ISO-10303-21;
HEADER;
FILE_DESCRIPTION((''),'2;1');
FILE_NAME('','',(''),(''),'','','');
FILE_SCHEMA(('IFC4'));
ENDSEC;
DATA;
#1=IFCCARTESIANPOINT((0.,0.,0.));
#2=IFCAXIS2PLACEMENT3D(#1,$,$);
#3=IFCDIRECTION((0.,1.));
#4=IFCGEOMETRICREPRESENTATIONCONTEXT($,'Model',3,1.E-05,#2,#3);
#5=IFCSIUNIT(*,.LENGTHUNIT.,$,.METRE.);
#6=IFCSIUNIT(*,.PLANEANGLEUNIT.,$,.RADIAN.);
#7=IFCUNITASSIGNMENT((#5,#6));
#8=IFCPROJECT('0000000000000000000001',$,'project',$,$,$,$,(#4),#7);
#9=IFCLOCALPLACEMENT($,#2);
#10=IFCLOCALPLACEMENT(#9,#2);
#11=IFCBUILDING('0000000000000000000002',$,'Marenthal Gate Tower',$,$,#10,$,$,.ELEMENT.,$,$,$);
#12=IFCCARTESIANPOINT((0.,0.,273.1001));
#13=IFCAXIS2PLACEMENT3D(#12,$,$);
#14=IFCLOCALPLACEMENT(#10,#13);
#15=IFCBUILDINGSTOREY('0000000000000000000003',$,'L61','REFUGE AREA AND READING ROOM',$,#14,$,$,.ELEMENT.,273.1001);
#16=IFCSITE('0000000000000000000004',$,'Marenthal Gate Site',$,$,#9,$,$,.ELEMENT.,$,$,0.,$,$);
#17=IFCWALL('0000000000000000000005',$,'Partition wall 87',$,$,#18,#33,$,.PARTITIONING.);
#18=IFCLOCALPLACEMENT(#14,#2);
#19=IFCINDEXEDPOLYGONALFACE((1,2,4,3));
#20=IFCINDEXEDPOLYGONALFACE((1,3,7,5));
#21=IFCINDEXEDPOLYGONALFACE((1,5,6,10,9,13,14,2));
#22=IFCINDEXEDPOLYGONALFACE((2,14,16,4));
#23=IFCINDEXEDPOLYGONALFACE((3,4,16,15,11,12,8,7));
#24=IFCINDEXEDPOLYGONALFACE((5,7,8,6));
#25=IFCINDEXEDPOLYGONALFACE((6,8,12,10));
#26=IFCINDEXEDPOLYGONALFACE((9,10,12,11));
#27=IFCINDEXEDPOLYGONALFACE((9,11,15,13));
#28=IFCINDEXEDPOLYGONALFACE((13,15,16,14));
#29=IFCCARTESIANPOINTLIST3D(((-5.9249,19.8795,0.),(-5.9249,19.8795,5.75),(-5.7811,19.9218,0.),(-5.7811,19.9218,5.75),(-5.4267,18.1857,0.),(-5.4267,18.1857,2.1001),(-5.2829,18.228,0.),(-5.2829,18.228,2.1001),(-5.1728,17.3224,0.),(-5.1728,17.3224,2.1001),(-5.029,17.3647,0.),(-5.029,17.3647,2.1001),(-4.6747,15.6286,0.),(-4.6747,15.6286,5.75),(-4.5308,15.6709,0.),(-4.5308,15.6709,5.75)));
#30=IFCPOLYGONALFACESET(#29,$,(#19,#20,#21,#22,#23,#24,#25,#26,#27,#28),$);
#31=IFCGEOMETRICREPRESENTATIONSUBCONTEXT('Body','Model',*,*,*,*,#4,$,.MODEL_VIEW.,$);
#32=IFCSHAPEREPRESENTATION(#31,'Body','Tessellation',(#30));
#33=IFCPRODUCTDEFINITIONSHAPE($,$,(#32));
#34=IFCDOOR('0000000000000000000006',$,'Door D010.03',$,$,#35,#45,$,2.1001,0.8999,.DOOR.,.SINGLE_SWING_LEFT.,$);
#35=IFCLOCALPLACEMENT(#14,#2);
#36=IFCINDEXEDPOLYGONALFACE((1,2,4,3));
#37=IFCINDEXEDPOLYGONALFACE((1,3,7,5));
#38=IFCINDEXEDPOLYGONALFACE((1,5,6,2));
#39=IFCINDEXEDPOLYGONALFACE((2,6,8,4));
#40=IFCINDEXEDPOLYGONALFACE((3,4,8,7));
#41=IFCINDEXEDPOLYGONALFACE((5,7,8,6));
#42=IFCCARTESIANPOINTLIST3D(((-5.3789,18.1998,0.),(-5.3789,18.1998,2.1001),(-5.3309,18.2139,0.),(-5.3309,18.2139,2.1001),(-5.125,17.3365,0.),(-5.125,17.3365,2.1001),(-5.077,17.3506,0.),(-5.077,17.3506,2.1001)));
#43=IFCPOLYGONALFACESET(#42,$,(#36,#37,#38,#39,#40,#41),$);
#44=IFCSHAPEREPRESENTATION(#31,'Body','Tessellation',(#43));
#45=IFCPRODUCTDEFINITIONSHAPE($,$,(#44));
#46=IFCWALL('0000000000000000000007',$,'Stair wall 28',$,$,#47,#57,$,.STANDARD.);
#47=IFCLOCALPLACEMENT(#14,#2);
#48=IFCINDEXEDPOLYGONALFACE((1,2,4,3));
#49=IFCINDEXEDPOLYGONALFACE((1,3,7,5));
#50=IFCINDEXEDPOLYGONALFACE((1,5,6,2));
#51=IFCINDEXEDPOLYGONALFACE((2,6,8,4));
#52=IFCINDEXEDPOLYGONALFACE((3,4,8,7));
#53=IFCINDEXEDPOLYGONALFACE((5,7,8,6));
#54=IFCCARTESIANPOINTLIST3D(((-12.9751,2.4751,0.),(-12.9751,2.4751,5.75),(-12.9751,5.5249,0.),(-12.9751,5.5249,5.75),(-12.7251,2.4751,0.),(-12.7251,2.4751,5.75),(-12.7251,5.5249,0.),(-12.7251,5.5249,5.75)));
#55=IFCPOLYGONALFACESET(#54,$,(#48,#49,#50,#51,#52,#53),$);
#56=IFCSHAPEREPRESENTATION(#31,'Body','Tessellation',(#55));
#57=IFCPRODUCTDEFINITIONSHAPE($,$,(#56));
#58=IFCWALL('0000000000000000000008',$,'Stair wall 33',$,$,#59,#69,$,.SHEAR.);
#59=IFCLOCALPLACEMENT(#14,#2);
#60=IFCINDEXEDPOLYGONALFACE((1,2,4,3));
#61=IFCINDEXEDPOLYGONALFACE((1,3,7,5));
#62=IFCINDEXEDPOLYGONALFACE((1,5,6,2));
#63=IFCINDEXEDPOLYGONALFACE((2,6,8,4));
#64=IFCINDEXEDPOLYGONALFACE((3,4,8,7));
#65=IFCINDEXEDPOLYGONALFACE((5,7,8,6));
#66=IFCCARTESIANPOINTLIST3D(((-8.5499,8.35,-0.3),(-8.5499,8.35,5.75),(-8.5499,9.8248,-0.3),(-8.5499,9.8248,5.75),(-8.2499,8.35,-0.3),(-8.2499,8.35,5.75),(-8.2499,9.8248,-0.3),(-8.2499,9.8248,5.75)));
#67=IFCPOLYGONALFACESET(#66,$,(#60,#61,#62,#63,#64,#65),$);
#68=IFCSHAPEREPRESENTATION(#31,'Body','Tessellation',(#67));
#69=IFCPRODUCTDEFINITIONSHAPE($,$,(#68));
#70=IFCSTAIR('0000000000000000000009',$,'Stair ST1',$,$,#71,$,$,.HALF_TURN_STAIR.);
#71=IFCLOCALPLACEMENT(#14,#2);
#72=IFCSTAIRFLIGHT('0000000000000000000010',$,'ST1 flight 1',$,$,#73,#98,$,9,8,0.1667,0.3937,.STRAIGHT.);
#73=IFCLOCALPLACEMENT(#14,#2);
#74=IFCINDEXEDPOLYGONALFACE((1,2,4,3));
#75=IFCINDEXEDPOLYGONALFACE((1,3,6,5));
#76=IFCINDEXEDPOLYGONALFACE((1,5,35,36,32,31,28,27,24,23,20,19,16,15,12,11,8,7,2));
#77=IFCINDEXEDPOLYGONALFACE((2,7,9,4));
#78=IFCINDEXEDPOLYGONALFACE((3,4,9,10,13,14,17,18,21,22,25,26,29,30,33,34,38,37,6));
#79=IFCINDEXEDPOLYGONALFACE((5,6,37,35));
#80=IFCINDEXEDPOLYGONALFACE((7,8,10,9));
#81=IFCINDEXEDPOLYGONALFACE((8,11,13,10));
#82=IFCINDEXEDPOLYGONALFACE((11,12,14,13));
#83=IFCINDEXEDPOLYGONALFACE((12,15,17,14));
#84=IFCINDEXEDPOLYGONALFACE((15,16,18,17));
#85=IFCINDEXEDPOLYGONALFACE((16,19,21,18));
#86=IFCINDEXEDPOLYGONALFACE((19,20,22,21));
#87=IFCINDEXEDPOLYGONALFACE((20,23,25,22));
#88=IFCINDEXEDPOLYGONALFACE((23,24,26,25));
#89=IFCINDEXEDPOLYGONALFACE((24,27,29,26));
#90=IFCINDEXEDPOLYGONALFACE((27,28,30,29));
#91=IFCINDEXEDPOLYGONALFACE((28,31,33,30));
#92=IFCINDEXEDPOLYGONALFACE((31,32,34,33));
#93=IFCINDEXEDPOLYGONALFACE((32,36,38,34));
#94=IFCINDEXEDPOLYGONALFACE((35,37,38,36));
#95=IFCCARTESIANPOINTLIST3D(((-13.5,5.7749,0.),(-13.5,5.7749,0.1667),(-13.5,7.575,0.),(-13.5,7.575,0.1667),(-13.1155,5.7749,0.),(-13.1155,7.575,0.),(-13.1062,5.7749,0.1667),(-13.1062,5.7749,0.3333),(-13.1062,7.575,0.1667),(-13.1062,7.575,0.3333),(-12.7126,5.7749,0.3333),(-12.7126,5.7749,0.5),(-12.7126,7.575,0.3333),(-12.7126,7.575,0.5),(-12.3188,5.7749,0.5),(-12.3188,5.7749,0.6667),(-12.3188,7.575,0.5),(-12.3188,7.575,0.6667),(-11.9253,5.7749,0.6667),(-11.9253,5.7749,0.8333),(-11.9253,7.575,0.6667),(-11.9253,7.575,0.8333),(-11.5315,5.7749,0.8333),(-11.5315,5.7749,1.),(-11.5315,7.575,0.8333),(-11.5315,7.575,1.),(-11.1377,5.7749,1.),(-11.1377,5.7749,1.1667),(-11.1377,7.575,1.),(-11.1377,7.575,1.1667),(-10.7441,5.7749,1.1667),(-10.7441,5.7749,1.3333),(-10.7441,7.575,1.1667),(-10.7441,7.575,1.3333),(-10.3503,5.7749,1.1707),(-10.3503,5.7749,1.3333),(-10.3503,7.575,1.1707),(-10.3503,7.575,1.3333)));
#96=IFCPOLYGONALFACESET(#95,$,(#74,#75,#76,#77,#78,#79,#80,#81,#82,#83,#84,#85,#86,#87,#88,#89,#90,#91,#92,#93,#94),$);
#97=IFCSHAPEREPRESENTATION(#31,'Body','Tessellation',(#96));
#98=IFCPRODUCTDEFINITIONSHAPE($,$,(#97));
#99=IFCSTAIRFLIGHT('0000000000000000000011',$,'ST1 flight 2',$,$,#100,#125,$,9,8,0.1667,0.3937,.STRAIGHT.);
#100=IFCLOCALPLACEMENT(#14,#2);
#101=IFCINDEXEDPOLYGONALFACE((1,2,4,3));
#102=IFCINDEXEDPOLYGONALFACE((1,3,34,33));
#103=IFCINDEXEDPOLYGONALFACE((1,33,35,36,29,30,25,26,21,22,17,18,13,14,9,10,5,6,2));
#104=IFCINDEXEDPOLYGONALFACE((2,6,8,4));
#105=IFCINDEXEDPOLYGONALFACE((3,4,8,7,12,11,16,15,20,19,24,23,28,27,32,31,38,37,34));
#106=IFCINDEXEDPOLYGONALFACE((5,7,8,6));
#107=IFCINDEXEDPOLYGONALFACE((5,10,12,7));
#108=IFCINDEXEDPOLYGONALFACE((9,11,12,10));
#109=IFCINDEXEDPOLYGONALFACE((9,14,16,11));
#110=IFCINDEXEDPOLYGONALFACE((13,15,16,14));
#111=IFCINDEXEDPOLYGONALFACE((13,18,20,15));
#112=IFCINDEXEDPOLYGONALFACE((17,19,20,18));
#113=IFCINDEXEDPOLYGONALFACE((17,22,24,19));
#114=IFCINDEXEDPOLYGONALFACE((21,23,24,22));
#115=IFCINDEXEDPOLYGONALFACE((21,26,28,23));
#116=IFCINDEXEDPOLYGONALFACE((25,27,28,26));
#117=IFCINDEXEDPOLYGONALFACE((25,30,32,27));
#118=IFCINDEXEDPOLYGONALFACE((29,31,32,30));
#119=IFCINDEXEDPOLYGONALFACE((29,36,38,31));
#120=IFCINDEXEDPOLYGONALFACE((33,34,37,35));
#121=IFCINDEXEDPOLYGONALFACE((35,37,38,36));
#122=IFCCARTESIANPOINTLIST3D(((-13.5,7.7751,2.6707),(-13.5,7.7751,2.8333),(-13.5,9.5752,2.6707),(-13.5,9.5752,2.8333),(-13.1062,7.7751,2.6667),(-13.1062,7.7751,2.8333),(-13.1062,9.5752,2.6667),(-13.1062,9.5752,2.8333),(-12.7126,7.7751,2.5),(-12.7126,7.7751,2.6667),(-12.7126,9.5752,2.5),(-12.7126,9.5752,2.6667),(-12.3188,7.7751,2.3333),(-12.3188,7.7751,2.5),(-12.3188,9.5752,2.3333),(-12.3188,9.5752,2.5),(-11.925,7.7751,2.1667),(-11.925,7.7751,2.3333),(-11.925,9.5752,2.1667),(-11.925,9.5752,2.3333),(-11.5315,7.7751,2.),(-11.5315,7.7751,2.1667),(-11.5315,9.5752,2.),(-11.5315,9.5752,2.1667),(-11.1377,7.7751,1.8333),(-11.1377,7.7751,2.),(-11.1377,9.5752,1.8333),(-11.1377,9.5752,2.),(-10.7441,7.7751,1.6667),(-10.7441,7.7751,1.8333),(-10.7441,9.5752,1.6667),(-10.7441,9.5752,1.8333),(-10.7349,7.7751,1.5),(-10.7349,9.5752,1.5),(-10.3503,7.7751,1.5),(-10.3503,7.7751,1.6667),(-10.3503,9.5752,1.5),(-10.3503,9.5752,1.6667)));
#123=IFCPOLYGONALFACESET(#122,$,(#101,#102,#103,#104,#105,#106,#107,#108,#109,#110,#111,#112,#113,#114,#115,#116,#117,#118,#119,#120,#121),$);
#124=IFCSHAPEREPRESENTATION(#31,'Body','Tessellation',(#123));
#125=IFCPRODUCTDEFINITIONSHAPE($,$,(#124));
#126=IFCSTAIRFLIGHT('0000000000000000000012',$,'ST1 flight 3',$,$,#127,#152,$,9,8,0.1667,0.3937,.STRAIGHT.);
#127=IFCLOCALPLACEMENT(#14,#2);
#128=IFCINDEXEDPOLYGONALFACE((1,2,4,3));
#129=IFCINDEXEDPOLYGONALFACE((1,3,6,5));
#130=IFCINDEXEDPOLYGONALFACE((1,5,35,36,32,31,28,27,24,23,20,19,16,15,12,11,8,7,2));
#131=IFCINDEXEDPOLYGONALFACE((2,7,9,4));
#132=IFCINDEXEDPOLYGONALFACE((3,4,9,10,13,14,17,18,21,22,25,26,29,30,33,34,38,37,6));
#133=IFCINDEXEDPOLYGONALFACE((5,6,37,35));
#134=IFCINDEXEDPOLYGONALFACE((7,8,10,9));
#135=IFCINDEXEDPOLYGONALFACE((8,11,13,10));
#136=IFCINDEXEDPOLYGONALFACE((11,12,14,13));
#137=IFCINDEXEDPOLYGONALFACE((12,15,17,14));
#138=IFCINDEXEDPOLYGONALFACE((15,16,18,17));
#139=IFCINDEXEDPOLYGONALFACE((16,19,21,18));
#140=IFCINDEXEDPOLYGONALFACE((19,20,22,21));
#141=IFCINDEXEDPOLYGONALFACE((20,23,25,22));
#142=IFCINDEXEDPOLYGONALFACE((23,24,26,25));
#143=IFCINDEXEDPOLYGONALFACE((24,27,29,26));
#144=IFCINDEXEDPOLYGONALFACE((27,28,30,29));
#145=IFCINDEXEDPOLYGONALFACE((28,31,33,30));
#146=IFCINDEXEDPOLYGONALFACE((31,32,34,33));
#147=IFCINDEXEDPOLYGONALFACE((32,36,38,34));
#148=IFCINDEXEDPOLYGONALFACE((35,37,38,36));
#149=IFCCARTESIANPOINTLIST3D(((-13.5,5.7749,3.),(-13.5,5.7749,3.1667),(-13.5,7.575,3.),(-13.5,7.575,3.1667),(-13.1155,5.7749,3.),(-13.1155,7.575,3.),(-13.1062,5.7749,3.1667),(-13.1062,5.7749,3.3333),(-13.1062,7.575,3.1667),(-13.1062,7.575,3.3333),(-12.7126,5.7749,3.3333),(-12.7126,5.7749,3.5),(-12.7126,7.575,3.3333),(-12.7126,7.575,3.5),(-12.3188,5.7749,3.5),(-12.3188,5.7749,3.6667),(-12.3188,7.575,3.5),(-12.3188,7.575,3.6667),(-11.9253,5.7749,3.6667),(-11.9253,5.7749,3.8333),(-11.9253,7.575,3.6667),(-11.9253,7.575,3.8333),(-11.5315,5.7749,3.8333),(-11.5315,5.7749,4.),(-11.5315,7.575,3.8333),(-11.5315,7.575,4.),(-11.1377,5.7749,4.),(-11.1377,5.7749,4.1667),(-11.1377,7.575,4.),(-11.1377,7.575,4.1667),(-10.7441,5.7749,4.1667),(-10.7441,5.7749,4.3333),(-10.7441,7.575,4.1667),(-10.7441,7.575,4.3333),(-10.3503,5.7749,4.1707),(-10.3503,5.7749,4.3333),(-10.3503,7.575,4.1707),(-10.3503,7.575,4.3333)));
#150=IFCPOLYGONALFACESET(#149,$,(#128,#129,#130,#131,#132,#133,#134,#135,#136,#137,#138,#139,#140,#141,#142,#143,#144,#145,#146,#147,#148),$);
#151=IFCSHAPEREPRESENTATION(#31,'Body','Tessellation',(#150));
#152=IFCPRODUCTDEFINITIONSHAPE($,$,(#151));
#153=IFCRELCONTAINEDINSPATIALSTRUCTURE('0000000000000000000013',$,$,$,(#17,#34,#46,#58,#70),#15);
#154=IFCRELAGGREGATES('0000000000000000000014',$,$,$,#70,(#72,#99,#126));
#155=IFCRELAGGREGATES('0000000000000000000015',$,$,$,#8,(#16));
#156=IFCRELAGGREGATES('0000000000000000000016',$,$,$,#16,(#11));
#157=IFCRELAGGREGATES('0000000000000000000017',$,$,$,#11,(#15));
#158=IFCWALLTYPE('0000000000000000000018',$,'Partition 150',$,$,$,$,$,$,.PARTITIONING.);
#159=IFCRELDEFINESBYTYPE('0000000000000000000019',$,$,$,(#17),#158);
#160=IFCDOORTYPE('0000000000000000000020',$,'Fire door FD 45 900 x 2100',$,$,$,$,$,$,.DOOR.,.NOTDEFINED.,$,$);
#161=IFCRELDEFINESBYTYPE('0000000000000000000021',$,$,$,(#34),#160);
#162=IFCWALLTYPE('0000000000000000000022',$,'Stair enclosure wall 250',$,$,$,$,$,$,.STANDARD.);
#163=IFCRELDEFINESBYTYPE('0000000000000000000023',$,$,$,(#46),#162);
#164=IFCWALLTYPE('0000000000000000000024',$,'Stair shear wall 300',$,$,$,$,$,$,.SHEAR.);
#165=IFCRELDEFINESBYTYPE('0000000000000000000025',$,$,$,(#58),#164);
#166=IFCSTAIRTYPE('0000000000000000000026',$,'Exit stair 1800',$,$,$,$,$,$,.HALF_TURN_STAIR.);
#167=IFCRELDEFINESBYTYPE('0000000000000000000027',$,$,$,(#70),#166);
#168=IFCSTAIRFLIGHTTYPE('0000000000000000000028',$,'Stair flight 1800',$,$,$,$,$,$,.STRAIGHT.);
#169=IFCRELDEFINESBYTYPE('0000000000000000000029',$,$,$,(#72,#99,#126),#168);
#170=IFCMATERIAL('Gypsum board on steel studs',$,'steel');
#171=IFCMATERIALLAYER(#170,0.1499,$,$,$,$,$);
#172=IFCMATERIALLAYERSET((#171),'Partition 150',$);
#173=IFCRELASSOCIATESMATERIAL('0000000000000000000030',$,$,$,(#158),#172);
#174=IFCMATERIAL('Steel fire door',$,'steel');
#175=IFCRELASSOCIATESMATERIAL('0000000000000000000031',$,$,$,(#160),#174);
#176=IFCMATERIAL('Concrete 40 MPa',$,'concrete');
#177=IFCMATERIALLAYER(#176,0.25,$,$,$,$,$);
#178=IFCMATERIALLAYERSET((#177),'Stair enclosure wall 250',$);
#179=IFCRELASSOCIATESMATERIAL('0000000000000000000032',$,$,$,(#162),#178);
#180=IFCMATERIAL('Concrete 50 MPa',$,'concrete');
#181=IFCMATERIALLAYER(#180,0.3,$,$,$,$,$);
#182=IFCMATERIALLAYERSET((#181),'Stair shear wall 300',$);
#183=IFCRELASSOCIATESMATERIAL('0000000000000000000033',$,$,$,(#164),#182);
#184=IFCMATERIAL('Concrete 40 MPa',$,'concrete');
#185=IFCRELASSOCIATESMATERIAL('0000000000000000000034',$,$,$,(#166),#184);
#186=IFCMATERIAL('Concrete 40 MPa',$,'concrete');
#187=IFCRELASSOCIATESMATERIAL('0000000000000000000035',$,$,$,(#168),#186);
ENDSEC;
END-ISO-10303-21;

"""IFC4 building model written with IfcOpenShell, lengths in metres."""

from ifc_helpers import new_model, si_unit, direction, frame, frame_2d, origin, place, context, subcontext, project, spatial, polyline, rectangle, outline, extrude, material, layer, layer_set, type_object, element, fill, aggregate, save


model = new_model("IFC4")

# Units and contexts
model_context = context("Model", 3, precision=1e-05, world=origin(), true_north=direction((0.0, 1.0)))
body_context = subcontext(model_context, "Body", "Model", "MODEL_VIEW")
ifc_project = project(units=[si_unit("LENGTHUNIT", "METRE"), si_unit("PLANEANGLEUNIT", "RADIAN")], contexts=[model_context])

# Site, building, storey
site_placement = place(None, origin())
site = spatial("IfcSite", under=ifc_project, at=site_placement, Name="Marenthal Gate Site", CompositionType="ELEMENT", RefElevation=0.0)
building_placement = place(site_placement, origin())
building = spatial("IfcBuilding", under=site, at=building_placement, Name="Marenthal Gate Tower", CompositionType="ELEMENT")
storey_placement = place(building_placement, frame((0.0, 0.0, 273.1001)))
storey = spatial("IfcBuildingStorey", under=building, at=storey_placement, Name="L61", Description="REFUGE AREA AND READING ROOM", CompositionType="ELEMENT", Elevation=273.1001)

# Shared definitions
ifc_material_1 = material(Name="Gypsum board on steel studs", Category="steel")
ifc_layer_1 = layer(ifc_material_1, 0.1499)
ifc_layer_set_1 = layer_set([ifc_layer_1], Name="Partition 150")
wall_type_1 = type_object("IfcWallType", Name="Partition 150", PredefinedType="PARTITIONING", material=ifc_layer_set_1)

# Wall, opening, door
wall_1_placement = place(storey_placement, frame((-4.6028, 15.6499, 0.0), z_axis=(0.0, 0.0, 1.0), x_axis=(-0.282157, 0.959368, 0.0)))
wall_1 = element("IfcWall", 1, at=wall_1_placement, inside=storey, type_object=wall_type_1, Name="Partition wall 87", PredefinedType="PARTITIONING", context=body_context, shape_type="SweptSolid", body=[
    extrude(rectangle(XDim=4.4309, YDim=0.1499, at=frame_2d((2.2153, 0.0))), origin(), (0.0, 0.0, 1.0), 5.75),
])
opening_placement = place(wall_1_placement, frame((1.7654, 0.0, 0.0)))
opening = element("IfcOpeningElement", 2, at=opening_placement, cuts=wall_1, PredefinedType="OPENING", context=body_context, shape_type="SweptSolid", body=[
    extrude(rectangle(XDim=0.8999, YDim=2.1001, at=frame_2d((0.45, 1.05))), frame((0.0, 0.085, 0.0), z_axis=(0.0, -1.0, 0.0), x_axis=(1.0, 0.0, 0.0)), (0.0, 0.0, 1.0), 0.1699),
])
ifc_material_2 = material(Name="Steel fire door", Category="steel")
door_type = type_object("IfcDoorType", Name="Fire door FD 45 900 x 2100", OperationType="NOTDEFINED", PredefinedType="DOOR", material=ifc_material_2)
door_placement = place(opening_placement, frame((0.8999, 0.0, 0.0), z_axis=(0.0, 0.0, 1.0), x_axis=(-1.0, 0.0, 0.0)))
door = element("IfcDoor", 3, at=door_placement, inside=storey, type_object=door_type, Name="Door D010.03", OperationType="SINGLE_SWING_LEFT", OverallHeight=2.1001, OverallWidth=0.8999, PredefinedType="DOOR", context=body_context, shape_type="SweptSolid", body=[
    extrude(rectangle(XDim=0.8999, YDim=2.1001, at=frame_2d((0.45, 1.05))), frame((0.0, 0.0249, 0.0), z_axis=(0.0, -1.0, 0.0), x_axis=(1.0, 0.0, 0.0)), (0.0, 0.0, 1.0), 0.05),
])
fill(opening, door)

# Walls
ifc_material_3 = material(Name="Concrete 40 MPa", Category="concrete")
ifc_layer_2 = layer(ifc_material_3, 0.25)
ifc_layer_set_2 = layer_set([ifc_layer_2], Name="Stair enclosure wall 250")
wall_type_2 = type_object("IfcWallType", Name="Stair enclosure wall 250", PredefinedType="STANDARD", material=ifc_layer_set_2)
wall_2_placement = place(storey_placement, frame((-12.8501, 2.4751, 0.0), z_axis=(0.0, 0.0, 1.0), x_axis=(0.0, 1.0, 0.0)))
element("IfcWall", 4, at=wall_2_placement, inside=storey, type_object=wall_type_2, Name="Stair wall 28", PredefinedType="STANDARD", context=body_context, shape_type="SweptSolid", body=[
    extrude(rectangle(XDim=3.0498, YDim=0.25, at=frame_2d((1.5249, 0.0))), origin(), (0.0, 0.0, 1.0), 5.75),
])
ifc_material_4 = material(Name="Concrete 50 MPa", Category="concrete")
ifc_layer_3 = layer(ifc_material_4, 0.3)
ifc_layer_set_3 = layer_set([ifc_layer_3], Name="Stair shear wall 300")
wall_type_3 = type_object("IfcWallType", Name="Stair shear wall 300", PredefinedType="SHEAR", material=ifc_layer_set_3)
wall_3_placement = place(storey_placement, frame((-8.3999, 8.3501, -0.3), z_axis=(0.0, 0.0, 1.0), x_axis=(0.0, 1.0, 0.0)))
element("IfcWall", 5, at=wall_3_placement, inside=storey, type_object=wall_type_3, Name="Stair wall 33", PredefinedType="SHEAR", context=body_context, shape_type="SweptSolid", body=[
    extrude(rectangle(XDim=1.4749, YDim=0.3, at=frame_2d((0.7373, 0.0))), origin(), (0.0, 0.0, 1.0), 6.05),
])

# Stair, stair flights
ifc_material_5 = material(Name="Concrete 40 MPa", Category="concrete")
stair_type = type_object("IfcStairType", Name="Exit stair 1800", PredefinedType="HALF_TURN_STAIR", material=ifc_material_5)
stair_placement = place(storey_placement, origin())
stair = element("IfcStair", 6, at=stair_placement, inside=storey, type_object=stair_type, Name="Stair ST1", PredefinedType="HALF_TURN_STAIR")
ifc_material_6 = material(Name="Concrete 40 MPa", Category="concrete")
stair_flight_type = type_object("IfcStairFlightType", Name="Stair flight 1800", PredefinedType="STRAIGHT", material=ifc_material_6)
stair_flight_1_placement = place(storey_placement, frame((-13.5, 6.675, 0.0), z_axis=(0.0, 0.0, 1.0), x_axis=(1.0, 0.0, 0.0)))
stair_flight_1 = element("IfcStairFlight", 7, at=stair_flight_1_placement, type_object=stair_flight_type, Name="ST1 flight 1", NumberOfRisers=9, NumberOfTreads=8, PredefinedType="STRAIGHT", RiserHeight=0.1667, TreadLength=0.3937, context=body_context, shape_type="SweptSolid", body=[
    extrude(outline(polyline([(0.0, 0.0), (0.0, 0.1667), (0.3938, 0.1667), (0.3938, 0.3333), (0.7874, 0.3333), (0.7874, 0.5), (1.1812, 0.5), (1.1812, 0.6667), (1.5747, 0.6667), (1.5747, 0.8333), (1.9685, 0.8333), (1.9685, 1.0), (2.3623, 1.0), (2.3623, 1.1667), (2.7559, 1.1667), (2.7559, 1.3333), (3.1497, 1.3333), (3.1497, 1.5), (3.1497, 1.1707), (0.3845, 0.0), (0.0, 0.0)])), frame((0.0, 0.8999, 0.0), z_axis=(0.0, -1.0, 0.0), x_axis=(1.0, 0.0, 0.0)), (0.0, 0.0, 1.0), 1.8),
])
stair_flight_2_placement = place(storey_placement, frame((-10.3503, 8.675, 1.5), z_axis=(0.0, 0.0, 1.0), x_axis=(-1.0, 0.0, 0.0)))
stair_flight_2 = element("IfcStairFlight", 8, at=stair_flight_2_placement, type_object=stair_flight_type, Name="ST1 flight 2", NumberOfRisers=9, NumberOfTreads=8, PredefinedType="STRAIGHT", RiserHeight=0.1667, TreadLength=0.3937, context=body_context, shape_type="SweptSolid", body=[
    extrude(outline(polyline([(0.0, 0.0), (0.0, 0.1667), (0.3938, 0.1667), (0.3938, 0.3333), (0.7874, 0.3333), (0.7874, 0.5), (1.1812, 0.5), (1.1812, 0.6667), (1.5747, 0.6667), (1.5747, 0.8333), (1.9685, 0.8333), (1.9685, 1.0), (2.3623, 1.0), (2.3623, 1.1667), (2.7559, 1.1667), (2.7559, 1.3333), (3.1497, 1.3333), (3.1497, 1.5), (3.1497, 1.1707), (0.3845, 0.0), (0.0, 0.0)])), frame((0.0, 0.8999, 0.0), z_axis=(0.0, -1.0, 0.0), x_axis=(1.0, 0.0, 0.0)), (0.0, 0.0, 1.0), 1.8),
])
stair_flight_3_placement = place(storey_placement, frame((-13.5, 6.675, 3.0), z_axis=(0.0, 0.0, 1.0), x_axis=(1.0, 0.0, 0.0)))
stair_flight_3 = element("IfcStairFlight", 9, at=stair_flight_3_placement, type_object=stair_flight_type, Name="ST1 flight 3", NumberOfRisers=9, NumberOfTreads=8, PredefinedType="STRAIGHT", RiserHeight=0.1667, TreadLength=0.3937, context=body_context, shape_type="SweptSolid", body=[
    extrude(outline(polyline([(0.0, 0.0), (0.0, 0.1667), (0.3938, 0.1667), (0.3938, 0.3333), (0.7874, 0.3333), (0.7874, 0.5), (1.1812, 0.5), (1.1812, 0.6667), (1.5747, 0.6667), (1.5747, 0.8333), (1.9685, 0.8333), (1.9685, 1.0), (2.3623, 1.0), (2.3623, 1.1667), (2.7559, 1.1667), (2.7559, 1.3333), (3.1497, 1.3333), (3.1497, 1.5), (3.1497, 1.1707), (0.3845, 0.0), (0.0, 0.0)])), frame((0.0, 0.8999, 0.0), z_axis=(0.0, -1.0, 0.0), x_axis=(1.0, 0.0, 0.0)), (0.0, 0.0, 1.0), 1.8),
])
aggregate(stair, [stair_flight_1, stair_flight_2, stair_flight_3])

save(model, "model.ifc")
